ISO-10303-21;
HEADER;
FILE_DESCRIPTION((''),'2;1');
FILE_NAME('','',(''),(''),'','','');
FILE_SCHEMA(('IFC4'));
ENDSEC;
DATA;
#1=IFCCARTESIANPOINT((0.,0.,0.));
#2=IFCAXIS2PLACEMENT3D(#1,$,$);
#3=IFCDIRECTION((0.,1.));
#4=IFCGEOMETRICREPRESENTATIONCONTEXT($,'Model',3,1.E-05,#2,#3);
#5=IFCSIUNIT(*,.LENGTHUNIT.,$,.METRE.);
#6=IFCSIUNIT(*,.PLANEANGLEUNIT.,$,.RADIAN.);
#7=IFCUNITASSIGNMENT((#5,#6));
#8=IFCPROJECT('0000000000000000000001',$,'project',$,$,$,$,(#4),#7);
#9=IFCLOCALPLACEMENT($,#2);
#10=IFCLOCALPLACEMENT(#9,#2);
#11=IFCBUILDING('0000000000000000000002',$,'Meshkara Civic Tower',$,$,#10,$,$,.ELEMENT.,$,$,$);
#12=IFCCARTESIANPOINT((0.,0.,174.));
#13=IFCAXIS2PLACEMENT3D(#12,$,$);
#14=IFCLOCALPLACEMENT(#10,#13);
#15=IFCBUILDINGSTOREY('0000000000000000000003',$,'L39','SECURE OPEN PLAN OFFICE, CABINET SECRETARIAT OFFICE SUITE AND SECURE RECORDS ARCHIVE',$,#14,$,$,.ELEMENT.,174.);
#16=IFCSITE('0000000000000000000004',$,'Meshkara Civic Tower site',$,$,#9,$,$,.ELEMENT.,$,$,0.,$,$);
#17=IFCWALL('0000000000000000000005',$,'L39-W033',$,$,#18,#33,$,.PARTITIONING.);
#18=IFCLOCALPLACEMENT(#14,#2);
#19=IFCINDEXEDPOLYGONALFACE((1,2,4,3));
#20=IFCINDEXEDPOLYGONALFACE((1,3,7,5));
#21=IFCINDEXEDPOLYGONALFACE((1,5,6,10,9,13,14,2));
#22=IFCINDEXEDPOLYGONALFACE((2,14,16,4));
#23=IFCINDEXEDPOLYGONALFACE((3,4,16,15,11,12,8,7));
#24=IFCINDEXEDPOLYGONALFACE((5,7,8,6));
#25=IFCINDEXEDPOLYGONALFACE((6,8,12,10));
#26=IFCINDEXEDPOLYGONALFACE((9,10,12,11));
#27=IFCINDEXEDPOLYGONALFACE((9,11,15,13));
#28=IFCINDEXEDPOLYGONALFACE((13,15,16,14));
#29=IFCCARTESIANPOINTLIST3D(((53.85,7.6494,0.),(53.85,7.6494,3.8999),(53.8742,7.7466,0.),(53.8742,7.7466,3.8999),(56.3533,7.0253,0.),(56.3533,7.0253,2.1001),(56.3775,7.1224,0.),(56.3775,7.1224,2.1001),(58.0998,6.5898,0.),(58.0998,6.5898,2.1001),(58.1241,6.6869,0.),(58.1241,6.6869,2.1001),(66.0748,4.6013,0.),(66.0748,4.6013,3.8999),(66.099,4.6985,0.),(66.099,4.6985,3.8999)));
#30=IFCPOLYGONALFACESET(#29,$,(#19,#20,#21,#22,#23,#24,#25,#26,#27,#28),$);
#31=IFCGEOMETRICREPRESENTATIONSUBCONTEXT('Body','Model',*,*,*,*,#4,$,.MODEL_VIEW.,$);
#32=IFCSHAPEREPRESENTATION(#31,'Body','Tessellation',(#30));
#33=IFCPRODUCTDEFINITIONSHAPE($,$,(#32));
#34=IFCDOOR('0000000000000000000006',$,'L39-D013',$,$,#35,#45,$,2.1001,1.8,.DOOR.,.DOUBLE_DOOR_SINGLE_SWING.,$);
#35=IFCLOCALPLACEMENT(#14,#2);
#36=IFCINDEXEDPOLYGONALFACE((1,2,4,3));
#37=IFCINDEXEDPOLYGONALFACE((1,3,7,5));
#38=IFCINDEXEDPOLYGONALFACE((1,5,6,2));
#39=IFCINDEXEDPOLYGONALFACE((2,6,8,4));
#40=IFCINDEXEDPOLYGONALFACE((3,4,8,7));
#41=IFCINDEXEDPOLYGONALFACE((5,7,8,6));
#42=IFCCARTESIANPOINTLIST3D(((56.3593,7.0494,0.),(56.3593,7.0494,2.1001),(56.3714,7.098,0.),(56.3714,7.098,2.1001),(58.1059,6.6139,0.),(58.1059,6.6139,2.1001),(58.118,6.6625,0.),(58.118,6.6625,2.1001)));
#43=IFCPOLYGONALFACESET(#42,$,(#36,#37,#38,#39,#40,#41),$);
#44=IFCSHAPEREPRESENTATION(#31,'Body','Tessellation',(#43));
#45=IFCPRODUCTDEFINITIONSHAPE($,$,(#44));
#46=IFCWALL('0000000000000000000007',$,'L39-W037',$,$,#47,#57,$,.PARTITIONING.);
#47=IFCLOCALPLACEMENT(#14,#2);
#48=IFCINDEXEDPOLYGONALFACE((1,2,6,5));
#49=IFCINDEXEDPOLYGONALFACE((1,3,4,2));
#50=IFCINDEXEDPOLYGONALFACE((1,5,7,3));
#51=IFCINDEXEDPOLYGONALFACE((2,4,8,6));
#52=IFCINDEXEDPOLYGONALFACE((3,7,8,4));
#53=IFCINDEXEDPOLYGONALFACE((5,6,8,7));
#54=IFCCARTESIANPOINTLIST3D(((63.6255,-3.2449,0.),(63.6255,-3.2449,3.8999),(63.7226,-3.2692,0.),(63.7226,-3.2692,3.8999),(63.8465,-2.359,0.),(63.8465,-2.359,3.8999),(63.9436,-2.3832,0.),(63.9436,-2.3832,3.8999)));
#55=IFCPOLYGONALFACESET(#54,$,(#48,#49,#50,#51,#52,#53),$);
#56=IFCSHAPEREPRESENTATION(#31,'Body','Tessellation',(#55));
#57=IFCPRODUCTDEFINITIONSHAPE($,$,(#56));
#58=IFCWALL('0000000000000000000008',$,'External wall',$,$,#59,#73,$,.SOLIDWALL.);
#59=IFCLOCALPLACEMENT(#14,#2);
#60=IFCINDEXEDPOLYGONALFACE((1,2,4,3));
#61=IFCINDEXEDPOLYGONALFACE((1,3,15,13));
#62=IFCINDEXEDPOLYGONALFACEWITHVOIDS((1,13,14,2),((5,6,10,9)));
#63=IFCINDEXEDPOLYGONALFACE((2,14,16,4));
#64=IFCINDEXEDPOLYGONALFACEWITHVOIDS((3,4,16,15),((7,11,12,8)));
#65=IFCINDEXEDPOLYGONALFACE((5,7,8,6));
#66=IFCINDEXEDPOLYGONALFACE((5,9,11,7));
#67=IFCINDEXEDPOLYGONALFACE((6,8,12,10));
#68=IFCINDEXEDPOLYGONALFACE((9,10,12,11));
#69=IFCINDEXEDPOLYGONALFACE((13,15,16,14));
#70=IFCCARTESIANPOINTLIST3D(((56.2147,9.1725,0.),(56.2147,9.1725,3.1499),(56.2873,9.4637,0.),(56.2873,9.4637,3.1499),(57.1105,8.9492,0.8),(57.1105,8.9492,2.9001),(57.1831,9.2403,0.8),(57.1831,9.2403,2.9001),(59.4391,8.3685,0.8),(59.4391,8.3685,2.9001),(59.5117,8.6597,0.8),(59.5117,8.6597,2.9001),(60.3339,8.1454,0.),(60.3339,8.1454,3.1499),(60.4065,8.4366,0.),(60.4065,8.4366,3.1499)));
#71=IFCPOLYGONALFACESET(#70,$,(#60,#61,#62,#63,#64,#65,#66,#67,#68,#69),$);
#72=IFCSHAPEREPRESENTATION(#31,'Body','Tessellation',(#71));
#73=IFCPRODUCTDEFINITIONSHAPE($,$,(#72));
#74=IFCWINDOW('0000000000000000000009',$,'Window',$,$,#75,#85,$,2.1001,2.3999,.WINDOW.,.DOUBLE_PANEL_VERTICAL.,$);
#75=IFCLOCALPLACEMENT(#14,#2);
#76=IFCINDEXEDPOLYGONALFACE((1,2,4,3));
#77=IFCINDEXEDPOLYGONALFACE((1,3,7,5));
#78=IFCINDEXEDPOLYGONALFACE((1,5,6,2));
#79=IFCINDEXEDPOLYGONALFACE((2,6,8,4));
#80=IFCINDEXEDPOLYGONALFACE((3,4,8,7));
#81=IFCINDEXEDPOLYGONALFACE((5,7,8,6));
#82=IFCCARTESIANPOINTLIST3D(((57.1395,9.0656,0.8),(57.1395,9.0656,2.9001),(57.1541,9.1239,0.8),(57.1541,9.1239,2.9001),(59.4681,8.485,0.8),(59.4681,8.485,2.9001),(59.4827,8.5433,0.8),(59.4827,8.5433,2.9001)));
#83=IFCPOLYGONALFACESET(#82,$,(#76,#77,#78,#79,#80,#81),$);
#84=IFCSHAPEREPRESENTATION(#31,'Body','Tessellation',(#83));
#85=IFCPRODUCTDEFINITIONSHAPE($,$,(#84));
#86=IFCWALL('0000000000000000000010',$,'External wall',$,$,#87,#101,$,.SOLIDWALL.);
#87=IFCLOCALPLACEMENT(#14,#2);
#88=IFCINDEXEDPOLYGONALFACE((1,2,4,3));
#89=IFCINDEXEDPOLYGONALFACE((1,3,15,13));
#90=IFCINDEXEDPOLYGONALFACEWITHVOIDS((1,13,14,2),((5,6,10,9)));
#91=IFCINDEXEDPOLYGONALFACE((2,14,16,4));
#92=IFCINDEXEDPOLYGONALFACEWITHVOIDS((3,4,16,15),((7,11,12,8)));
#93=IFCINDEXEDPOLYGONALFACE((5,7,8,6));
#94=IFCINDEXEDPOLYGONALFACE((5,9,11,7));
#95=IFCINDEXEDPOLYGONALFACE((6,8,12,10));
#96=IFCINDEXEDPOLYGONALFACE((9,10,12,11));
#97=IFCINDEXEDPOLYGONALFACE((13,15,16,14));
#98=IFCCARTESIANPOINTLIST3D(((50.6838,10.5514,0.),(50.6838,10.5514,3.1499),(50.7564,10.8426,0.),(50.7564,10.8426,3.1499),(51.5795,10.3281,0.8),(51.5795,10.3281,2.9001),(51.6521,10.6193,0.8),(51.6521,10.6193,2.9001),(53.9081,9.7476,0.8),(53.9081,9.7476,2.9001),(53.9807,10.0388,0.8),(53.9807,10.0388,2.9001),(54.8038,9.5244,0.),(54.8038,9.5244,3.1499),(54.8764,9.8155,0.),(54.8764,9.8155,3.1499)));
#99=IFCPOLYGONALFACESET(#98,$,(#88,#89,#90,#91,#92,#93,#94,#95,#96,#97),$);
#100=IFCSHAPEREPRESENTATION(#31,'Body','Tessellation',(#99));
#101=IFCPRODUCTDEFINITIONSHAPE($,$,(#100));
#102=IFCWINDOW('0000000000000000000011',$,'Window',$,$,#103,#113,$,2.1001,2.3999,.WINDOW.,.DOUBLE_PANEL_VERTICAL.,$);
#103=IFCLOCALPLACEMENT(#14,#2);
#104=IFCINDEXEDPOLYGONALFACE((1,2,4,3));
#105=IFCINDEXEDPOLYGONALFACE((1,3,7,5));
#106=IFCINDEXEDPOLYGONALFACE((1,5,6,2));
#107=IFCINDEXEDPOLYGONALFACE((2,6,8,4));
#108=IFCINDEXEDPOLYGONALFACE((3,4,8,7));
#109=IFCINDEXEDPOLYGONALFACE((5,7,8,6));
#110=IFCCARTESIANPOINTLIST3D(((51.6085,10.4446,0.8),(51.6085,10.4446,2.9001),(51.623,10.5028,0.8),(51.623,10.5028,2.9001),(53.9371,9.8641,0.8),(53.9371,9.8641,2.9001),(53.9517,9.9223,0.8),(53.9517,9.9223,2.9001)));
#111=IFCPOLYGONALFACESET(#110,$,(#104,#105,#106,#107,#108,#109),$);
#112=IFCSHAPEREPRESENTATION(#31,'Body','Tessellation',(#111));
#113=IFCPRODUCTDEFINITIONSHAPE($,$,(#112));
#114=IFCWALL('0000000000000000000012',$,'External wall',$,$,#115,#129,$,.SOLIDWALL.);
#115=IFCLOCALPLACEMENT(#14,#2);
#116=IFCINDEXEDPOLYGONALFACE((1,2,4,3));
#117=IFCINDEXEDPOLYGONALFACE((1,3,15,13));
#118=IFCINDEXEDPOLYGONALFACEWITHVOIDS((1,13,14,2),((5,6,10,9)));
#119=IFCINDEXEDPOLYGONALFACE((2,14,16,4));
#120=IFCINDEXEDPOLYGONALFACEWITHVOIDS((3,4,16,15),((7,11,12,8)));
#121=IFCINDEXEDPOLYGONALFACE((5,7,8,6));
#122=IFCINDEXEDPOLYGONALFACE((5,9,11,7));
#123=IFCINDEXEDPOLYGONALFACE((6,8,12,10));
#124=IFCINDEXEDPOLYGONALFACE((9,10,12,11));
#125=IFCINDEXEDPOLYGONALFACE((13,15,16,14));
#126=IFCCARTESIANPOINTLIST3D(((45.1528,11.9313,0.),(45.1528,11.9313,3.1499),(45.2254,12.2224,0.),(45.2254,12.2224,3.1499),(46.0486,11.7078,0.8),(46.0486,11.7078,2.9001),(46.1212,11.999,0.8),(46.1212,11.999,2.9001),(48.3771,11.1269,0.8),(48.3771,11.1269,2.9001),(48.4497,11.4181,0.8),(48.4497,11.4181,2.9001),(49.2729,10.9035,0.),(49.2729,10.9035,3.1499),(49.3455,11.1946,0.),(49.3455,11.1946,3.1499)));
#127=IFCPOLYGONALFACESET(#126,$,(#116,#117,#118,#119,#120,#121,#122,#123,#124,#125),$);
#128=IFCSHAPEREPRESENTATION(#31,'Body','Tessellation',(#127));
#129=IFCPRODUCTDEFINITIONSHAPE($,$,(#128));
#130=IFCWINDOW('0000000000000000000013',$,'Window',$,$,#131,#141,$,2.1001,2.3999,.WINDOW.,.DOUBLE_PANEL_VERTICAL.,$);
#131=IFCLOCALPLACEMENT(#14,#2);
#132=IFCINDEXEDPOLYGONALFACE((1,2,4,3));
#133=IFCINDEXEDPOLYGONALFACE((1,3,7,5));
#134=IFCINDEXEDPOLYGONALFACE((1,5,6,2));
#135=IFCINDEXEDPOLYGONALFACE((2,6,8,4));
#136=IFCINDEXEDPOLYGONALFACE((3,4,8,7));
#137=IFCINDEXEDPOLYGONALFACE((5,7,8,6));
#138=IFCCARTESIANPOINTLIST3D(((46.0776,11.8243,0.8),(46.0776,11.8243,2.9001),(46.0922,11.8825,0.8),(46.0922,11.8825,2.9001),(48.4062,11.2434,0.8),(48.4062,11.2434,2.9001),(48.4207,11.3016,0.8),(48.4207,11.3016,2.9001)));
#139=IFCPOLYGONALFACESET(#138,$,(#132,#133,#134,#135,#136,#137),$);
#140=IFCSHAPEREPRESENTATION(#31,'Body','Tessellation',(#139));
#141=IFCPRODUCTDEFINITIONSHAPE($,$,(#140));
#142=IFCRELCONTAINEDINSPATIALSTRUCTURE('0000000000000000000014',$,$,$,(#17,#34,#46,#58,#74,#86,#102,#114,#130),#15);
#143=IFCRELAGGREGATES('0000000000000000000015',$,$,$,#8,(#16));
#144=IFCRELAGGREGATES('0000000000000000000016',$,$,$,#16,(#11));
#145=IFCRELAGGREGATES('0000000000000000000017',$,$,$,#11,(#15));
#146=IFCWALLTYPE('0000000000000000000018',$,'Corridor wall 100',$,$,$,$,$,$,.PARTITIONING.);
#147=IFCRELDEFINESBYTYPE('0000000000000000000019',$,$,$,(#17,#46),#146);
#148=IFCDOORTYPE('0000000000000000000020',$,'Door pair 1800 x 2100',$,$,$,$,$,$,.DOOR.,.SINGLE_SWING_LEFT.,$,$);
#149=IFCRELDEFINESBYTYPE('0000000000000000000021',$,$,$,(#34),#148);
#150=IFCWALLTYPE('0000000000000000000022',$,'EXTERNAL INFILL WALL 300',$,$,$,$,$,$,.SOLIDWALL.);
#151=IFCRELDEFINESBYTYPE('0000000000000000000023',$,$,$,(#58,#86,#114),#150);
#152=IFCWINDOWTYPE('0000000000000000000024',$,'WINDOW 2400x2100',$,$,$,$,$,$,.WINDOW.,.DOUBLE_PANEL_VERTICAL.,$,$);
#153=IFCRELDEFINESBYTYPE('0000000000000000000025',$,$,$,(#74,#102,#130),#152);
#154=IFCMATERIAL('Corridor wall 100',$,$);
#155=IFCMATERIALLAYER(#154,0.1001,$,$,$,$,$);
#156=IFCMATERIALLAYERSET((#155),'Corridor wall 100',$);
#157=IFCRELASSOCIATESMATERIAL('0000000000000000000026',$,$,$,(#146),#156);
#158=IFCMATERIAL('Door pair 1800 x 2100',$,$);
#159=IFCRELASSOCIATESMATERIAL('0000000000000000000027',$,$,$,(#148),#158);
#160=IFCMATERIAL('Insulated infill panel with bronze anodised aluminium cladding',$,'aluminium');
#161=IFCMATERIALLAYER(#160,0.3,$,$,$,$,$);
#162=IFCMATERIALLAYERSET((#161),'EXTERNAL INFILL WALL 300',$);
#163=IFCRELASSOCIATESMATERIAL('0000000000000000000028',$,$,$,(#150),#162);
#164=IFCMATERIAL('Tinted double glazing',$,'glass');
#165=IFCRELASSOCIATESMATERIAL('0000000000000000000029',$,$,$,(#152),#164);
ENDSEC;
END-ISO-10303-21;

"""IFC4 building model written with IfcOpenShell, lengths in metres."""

from ifc_helpers import new_model, si_unit, direction, frame, frame_2d, origin, place, context, subcontext, project, spatial, rectangle, extrude, material, layer, layer_set, type_object, element, fill, save


model = new_model("IFC4")

# Units and contexts
model_context = context("Model", 3, precision=1e-05, world=origin(), true_north=direction((0.0, 1.0)))
body_context = subcontext(model_context, "Body", "Model", "MODEL_VIEW")
ifc_project = project(units=[si_unit("LENGTHUNIT", "METRE"), si_unit("PLANEANGLEUNIT", "RADIAN")], contexts=[model_context])

# Site, building, storey
site_placement = place(None, origin())
site = spatial("IfcSite", under=ifc_project, at=site_placement, Name="Meshkara Civic Tower site", CompositionType="ELEMENT", RefElevation=0.0)
building_placement = place(site_placement, origin())
building = spatial("IfcBuilding", under=site, at=building_placement, Name="Meshkara Civic Tower", CompositionType="ELEMENT")
storey_placement = place(building_placement, frame((0.0, 0.0, 174.0)))
storey = spatial("IfcBuildingStorey", under=building, at=storey_placement, Name="L39", Description="SECURE OPEN PLAN OFFICE, CABINET SECRETARIAT OFFICE SUITE AND SECURE RECORDS ARCHIVE", CompositionType="ELEMENT", Elevation=174.0)

# Shared definitions
ifc_material_1 = material(Name="Corridor wall 100")
ifc_layer_1 = layer(ifc_material_1, 0.1001)
ifc_layer_set_1 = layer_set([ifc_layer_1], Name="Corridor wall 100")
wall_type_1 = type_object("IfcWallType", Name="Corridor wall 100", PredefinedType="PARTITIONING", material=ifc_layer_set_1)
ifc_material_2 = material(Name="Door pair 1800 x 2100")
door_type = type_object("IfcDoorType", Name="Door pair 1800 x 2100", OperationType="SINGLE_SWING_LEFT", PredefinedType="DOOR", material=ifc_material_2)

# Wall, opening, door
wall_1_placement = place(storey_placement, frame((53.8621, 7.698, 0.0), z_axis=(0.0, 0.0, 1.0), x_axis=(0.970294, -0.241929, 0.0)))
wall_1 = element("IfcWall", 1, at=wall_1_placement, inside=storey, type_object=wall_type_1, Name="L39-W033", PredefinedType="PARTITIONING", context=body_context, shape_type="SweptSolid", body=[
    extrude(rectangle(XDim=12.5991, YDim=0.1001, at=frame_2d((6.2996, 0.0))), origin(), (0.0, 0.0, 1.0), 3.8999),
])
opening_1_placement = place(wall_1_placement, frame((2.5801, 0.0, 0.0)))
opening_1 = element("IfcOpeningElement", 2, at=opening_1_placement, cuts=wall_1, PredefinedType="OPENING", context=body_context, shape_type="SweptSolid", body=[
    extrude(rectangle(XDim=1.8, YDim=2.1001, at=frame_2d((0.8999, 1.05))), frame((0.0, 0.0601, 0.0), z_axis=(0.0, -1.0, 0.0), x_axis=(1.0, 0.0, 0.0)), (0.0, 0.0, 1.0), 0.1201),
])
door_1_placement = place(opening_1_placement, origin())
door_1 = element("IfcDoor", 3, at=door_1_placement, inside=storey, type_object=door_type, Name="L39-D013", OperationType="DOUBLE_DOOR_SINGLE_SWING", OverallHeight=2.1001, OverallWidth=1.8, PredefinedType="DOOR", context=body_context, shape_type="SweptSolid", body=[
    extrude(rectangle(XDim=1.8, YDim=2.1001, at=frame_2d((0.8999, 1.05))), frame((0.0, 0.0249, 0.0), z_axis=(0.0, -1.0, 0.0), x_axis=(1.0, 0.0, 0.0)), (0.0, 0.0, 1.0), 0.05),
])
fill(opening_1, door_1)

# Wall
wall_2_placement = place(storey_placement, frame((63.895, -2.3711, 0.0), z_axis=(0.0, 0.0, 1.0), x_axis=(-0.241969, -0.970284, 0.0)))
element("IfcWall", 4, at=wall_2_placement, inside=storey, type_object=wall_type_1, Name="L39-W037", PredefinedType="PARTITIONING", context=body_context, shape_type="SweptSolid", body=[
    extrude(rectangle(XDim=0.9131, YDim=0.1001, at=frame_2d((0.4565, 0.0))), origin(), (0.0, 0.0, 1.0), 3.8999),
])

# Walls, openings, windows
ifc_material_3 = material(Name="Insulated infill panel with bronze anodised aluminium cladding", Category="aluminium")
ifc_layer_2 = layer(ifc_material_3, 0.3)
ifc_layer_set_2 = layer_set([ifc_layer_2], Name="EXTERNAL INFILL WALL 300")
wall_type_2 = type_object("IfcWallType", Name="EXTERNAL INFILL WALL 300", PredefinedType="SOLIDWALL", material=ifc_layer_set_2)
wall_3_placement = place(storey_placement, frame((60.3701, 8.291, 0.0), z_axis=(0.0, 0.0, 1.0), x_axis=(-0.970291, 0.24194, 0.0)))
wall_3 = element("IfcWall", 5, at=wall_3_placement, inside=storey, type_object=wall_type_2, Name="External wall", PredefinedType="SOLIDWALL", context=body_context, shape_type="SweptSolid", body=[
    extrude(rectangle(XDim=4.2454, YDim=0.3, at=frame_2d((2.1226, 0.0))), origin(), (0.0, 0.0, 1.0), 3.1499),
])
opening_2_placement = place(wall_3_placement, frame((0.9221, 0.0, 0.8)))
opening_2 = element("IfcOpeningElement", 6, at=opening_2_placement, cuts=wall_3, PredefinedType="OPENING", context=body_context, shape_type="SweptSolid", body=[
    extrude(rectangle(XDim=2.3999, YDim=2.1001, at=frame_2d((1.2, 1.05))), frame((0.0, 0.1599, 0.0), z_axis=(0.0, -1.0, 0.0), x_axis=(1.0, 0.0, 0.0)), (0.0, 0.0, 1.0), 0.3201),
])
ifc_material_4 = material(Name="Tinted double glazing", Category="glass")
window_type = type_object("IfcWindowType", Name="WINDOW 2400x2100", PartitioningType="DOUBLE_PANEL_VERTICAL", PredefinedType="WINDOW", material=ifc_material_4)
window_1_placement = place(opening_2_placement, origin())
window_1 = element("IfcWindow", 7, at=window_1_placement, inside=storey, type_object=window_type, Name="Window", OverallHeight=2.1001, OverallWidth=2.3999, PartitioningType="DOUBLE_PANEL_VERTICAL", PredefinedType="WINDOW", context=body_context, shape_type="SweptSolid", body=[
    extrude(rectangle(XDim=2.3999, YDim=2.1001, at=frame_2d((1.2, 1.05))), frame((0.0, 0.03, 0.0), z_axis=(0.0, -1.0, 0.0), x_axis=(1.0, 0.0, 0.0)), (0.0, 0.0, 1.0), 0.0601),
])
fill(opening_2, window_1)
wall_4_placement = place(storey_placement, frame((54.8401, 9.6699, 0.0), z_axis=(0.0, 0.0, 1.0), x_axis=(-0.970305, 0.241886, 0.0)))
wall_4 = element("IfcWall", 8, at=wall_4_placement, inside=storey, type_object=wall_type_2, Name="External wall", PredefinedType="SOLIDWALL", context=body_context, shape_type="SweptSolid", body=[
    extrude(rectangle(XDim=4.2461, YDim=0.3, at=frame_2d((2.123, 0.0))), origin(), (0.0, 0.0, 1.0), 3.1499),
])
opening_3_placement = place(wall_4_placement, frame((0.9231, 0.0, 0.8)))
opening_3 = element("IfcOpeningElement", 9, at=opening_3_placement, cuts=wall_4, PredefinedType="OPENING", context=body_context, shape_type="SweptSolid", body=[
    extrude(rectangle(XDim=2.3999, YDim=2.1001, at=frame_2d((1.2, 1.05))), frame((0.0, 0.1599, 0.0), z_axis=(0.0, -1.0, 0.0), x_axis=(1.0, 0.0, 0.0)), (0.0, 0.0, 1.0), 0.3201),
])
window_2_placement = place(opening_3_placement, origin())
window_2 = element("IfcWindow", 10, at=window_2_placement, inside=storey, type_object=window_type, Name="Window", OverallHeight=2.1001, OverallWidth=2.3999, PartitioningType="DOUBLE_PANEL_VERTICAL", PredefinedType="WINDOW", context=body_context, shape_type="SweptSolid", body=[
    extrude(rectangle(XDim=2.3999, YDim=2.1001, at=frame_2d((1.2, 1.05))), frame((0.0, 0.03, 0.0), z_axis=(0.0, -1.0, 0.0), x_axis=(1.0, 0.0, 0.0)), (0.0, 0.0, 1.0), 0.0601),
])
fill(opening_3, window_2)
wall_5_placement = place(storey_placement, frame((49.3091, 11.0491, 0.0), z_axis=(0.0, 0.0, 1.0), x_axis=(-0.970264, 0.242049, 0.0)))
wall_5 = element("IfcWall", 11, at=wall_5_placement, inside=storey, type_object=wall_type_2, Name="External wall", PredefinedType="SOLIDWALL", context=body_context, shape_type="SweptSolid", body=[
    extrude(rectangle(XDim=4.2463, YDim=0.3, at=frame_2d((2.123, 0.0))), origin(), (0.0, 0.0, 1.0), 3.1499),
])
opening_4_placement = place(wall_5_placement, frame((0.9231, 0.0, 0.8)))
opening_4 = element("IfcOpeningElement", 12, at=opening_4_placement, cuts=wall_5, PredefinedType="OPENING", context=body_context, shape_type="SweptSolid", body=[
    extrude(rectangle(XDim=2.3999, YDim=2.1001, at=frame_2d((1.2, 1.05))), frame((0.0, 0.1599, 0.0), z_axis=(0.0, -1.0, 0.0), x_axis=(1.0, 0.0, 0.0)), (0.0, 0.0, 1.0), 0.3201),
])
window_3_placement = place(opening_4_placement, origin())
window_3 = element("IfcWindow", 13, at=window_3_placement, inside=storey, type_object=window_type, Name="Window", OverallHeight=2.1001, OverallWidth=2.3999, PartitioningType="DOUBLE_PANEL_VERTICAL", PredefinedType="WINDOW", context=body_context, shape_type="SweptSolid", body=[
    extrude(rectangle(XDim=2.3999, YDim=2.1001, at=frame_2d((1.2, 1.05))), frame((0.0, 0.03, 0.0), z_axis=(0.0, -1.0, 0.0), x_axis=(1.0, 0.0, 0.0)), (0.0, 0.0, 1.0), 0.0601),
])
fill(opening_4, window_3)

save(model, "model.ifc")
